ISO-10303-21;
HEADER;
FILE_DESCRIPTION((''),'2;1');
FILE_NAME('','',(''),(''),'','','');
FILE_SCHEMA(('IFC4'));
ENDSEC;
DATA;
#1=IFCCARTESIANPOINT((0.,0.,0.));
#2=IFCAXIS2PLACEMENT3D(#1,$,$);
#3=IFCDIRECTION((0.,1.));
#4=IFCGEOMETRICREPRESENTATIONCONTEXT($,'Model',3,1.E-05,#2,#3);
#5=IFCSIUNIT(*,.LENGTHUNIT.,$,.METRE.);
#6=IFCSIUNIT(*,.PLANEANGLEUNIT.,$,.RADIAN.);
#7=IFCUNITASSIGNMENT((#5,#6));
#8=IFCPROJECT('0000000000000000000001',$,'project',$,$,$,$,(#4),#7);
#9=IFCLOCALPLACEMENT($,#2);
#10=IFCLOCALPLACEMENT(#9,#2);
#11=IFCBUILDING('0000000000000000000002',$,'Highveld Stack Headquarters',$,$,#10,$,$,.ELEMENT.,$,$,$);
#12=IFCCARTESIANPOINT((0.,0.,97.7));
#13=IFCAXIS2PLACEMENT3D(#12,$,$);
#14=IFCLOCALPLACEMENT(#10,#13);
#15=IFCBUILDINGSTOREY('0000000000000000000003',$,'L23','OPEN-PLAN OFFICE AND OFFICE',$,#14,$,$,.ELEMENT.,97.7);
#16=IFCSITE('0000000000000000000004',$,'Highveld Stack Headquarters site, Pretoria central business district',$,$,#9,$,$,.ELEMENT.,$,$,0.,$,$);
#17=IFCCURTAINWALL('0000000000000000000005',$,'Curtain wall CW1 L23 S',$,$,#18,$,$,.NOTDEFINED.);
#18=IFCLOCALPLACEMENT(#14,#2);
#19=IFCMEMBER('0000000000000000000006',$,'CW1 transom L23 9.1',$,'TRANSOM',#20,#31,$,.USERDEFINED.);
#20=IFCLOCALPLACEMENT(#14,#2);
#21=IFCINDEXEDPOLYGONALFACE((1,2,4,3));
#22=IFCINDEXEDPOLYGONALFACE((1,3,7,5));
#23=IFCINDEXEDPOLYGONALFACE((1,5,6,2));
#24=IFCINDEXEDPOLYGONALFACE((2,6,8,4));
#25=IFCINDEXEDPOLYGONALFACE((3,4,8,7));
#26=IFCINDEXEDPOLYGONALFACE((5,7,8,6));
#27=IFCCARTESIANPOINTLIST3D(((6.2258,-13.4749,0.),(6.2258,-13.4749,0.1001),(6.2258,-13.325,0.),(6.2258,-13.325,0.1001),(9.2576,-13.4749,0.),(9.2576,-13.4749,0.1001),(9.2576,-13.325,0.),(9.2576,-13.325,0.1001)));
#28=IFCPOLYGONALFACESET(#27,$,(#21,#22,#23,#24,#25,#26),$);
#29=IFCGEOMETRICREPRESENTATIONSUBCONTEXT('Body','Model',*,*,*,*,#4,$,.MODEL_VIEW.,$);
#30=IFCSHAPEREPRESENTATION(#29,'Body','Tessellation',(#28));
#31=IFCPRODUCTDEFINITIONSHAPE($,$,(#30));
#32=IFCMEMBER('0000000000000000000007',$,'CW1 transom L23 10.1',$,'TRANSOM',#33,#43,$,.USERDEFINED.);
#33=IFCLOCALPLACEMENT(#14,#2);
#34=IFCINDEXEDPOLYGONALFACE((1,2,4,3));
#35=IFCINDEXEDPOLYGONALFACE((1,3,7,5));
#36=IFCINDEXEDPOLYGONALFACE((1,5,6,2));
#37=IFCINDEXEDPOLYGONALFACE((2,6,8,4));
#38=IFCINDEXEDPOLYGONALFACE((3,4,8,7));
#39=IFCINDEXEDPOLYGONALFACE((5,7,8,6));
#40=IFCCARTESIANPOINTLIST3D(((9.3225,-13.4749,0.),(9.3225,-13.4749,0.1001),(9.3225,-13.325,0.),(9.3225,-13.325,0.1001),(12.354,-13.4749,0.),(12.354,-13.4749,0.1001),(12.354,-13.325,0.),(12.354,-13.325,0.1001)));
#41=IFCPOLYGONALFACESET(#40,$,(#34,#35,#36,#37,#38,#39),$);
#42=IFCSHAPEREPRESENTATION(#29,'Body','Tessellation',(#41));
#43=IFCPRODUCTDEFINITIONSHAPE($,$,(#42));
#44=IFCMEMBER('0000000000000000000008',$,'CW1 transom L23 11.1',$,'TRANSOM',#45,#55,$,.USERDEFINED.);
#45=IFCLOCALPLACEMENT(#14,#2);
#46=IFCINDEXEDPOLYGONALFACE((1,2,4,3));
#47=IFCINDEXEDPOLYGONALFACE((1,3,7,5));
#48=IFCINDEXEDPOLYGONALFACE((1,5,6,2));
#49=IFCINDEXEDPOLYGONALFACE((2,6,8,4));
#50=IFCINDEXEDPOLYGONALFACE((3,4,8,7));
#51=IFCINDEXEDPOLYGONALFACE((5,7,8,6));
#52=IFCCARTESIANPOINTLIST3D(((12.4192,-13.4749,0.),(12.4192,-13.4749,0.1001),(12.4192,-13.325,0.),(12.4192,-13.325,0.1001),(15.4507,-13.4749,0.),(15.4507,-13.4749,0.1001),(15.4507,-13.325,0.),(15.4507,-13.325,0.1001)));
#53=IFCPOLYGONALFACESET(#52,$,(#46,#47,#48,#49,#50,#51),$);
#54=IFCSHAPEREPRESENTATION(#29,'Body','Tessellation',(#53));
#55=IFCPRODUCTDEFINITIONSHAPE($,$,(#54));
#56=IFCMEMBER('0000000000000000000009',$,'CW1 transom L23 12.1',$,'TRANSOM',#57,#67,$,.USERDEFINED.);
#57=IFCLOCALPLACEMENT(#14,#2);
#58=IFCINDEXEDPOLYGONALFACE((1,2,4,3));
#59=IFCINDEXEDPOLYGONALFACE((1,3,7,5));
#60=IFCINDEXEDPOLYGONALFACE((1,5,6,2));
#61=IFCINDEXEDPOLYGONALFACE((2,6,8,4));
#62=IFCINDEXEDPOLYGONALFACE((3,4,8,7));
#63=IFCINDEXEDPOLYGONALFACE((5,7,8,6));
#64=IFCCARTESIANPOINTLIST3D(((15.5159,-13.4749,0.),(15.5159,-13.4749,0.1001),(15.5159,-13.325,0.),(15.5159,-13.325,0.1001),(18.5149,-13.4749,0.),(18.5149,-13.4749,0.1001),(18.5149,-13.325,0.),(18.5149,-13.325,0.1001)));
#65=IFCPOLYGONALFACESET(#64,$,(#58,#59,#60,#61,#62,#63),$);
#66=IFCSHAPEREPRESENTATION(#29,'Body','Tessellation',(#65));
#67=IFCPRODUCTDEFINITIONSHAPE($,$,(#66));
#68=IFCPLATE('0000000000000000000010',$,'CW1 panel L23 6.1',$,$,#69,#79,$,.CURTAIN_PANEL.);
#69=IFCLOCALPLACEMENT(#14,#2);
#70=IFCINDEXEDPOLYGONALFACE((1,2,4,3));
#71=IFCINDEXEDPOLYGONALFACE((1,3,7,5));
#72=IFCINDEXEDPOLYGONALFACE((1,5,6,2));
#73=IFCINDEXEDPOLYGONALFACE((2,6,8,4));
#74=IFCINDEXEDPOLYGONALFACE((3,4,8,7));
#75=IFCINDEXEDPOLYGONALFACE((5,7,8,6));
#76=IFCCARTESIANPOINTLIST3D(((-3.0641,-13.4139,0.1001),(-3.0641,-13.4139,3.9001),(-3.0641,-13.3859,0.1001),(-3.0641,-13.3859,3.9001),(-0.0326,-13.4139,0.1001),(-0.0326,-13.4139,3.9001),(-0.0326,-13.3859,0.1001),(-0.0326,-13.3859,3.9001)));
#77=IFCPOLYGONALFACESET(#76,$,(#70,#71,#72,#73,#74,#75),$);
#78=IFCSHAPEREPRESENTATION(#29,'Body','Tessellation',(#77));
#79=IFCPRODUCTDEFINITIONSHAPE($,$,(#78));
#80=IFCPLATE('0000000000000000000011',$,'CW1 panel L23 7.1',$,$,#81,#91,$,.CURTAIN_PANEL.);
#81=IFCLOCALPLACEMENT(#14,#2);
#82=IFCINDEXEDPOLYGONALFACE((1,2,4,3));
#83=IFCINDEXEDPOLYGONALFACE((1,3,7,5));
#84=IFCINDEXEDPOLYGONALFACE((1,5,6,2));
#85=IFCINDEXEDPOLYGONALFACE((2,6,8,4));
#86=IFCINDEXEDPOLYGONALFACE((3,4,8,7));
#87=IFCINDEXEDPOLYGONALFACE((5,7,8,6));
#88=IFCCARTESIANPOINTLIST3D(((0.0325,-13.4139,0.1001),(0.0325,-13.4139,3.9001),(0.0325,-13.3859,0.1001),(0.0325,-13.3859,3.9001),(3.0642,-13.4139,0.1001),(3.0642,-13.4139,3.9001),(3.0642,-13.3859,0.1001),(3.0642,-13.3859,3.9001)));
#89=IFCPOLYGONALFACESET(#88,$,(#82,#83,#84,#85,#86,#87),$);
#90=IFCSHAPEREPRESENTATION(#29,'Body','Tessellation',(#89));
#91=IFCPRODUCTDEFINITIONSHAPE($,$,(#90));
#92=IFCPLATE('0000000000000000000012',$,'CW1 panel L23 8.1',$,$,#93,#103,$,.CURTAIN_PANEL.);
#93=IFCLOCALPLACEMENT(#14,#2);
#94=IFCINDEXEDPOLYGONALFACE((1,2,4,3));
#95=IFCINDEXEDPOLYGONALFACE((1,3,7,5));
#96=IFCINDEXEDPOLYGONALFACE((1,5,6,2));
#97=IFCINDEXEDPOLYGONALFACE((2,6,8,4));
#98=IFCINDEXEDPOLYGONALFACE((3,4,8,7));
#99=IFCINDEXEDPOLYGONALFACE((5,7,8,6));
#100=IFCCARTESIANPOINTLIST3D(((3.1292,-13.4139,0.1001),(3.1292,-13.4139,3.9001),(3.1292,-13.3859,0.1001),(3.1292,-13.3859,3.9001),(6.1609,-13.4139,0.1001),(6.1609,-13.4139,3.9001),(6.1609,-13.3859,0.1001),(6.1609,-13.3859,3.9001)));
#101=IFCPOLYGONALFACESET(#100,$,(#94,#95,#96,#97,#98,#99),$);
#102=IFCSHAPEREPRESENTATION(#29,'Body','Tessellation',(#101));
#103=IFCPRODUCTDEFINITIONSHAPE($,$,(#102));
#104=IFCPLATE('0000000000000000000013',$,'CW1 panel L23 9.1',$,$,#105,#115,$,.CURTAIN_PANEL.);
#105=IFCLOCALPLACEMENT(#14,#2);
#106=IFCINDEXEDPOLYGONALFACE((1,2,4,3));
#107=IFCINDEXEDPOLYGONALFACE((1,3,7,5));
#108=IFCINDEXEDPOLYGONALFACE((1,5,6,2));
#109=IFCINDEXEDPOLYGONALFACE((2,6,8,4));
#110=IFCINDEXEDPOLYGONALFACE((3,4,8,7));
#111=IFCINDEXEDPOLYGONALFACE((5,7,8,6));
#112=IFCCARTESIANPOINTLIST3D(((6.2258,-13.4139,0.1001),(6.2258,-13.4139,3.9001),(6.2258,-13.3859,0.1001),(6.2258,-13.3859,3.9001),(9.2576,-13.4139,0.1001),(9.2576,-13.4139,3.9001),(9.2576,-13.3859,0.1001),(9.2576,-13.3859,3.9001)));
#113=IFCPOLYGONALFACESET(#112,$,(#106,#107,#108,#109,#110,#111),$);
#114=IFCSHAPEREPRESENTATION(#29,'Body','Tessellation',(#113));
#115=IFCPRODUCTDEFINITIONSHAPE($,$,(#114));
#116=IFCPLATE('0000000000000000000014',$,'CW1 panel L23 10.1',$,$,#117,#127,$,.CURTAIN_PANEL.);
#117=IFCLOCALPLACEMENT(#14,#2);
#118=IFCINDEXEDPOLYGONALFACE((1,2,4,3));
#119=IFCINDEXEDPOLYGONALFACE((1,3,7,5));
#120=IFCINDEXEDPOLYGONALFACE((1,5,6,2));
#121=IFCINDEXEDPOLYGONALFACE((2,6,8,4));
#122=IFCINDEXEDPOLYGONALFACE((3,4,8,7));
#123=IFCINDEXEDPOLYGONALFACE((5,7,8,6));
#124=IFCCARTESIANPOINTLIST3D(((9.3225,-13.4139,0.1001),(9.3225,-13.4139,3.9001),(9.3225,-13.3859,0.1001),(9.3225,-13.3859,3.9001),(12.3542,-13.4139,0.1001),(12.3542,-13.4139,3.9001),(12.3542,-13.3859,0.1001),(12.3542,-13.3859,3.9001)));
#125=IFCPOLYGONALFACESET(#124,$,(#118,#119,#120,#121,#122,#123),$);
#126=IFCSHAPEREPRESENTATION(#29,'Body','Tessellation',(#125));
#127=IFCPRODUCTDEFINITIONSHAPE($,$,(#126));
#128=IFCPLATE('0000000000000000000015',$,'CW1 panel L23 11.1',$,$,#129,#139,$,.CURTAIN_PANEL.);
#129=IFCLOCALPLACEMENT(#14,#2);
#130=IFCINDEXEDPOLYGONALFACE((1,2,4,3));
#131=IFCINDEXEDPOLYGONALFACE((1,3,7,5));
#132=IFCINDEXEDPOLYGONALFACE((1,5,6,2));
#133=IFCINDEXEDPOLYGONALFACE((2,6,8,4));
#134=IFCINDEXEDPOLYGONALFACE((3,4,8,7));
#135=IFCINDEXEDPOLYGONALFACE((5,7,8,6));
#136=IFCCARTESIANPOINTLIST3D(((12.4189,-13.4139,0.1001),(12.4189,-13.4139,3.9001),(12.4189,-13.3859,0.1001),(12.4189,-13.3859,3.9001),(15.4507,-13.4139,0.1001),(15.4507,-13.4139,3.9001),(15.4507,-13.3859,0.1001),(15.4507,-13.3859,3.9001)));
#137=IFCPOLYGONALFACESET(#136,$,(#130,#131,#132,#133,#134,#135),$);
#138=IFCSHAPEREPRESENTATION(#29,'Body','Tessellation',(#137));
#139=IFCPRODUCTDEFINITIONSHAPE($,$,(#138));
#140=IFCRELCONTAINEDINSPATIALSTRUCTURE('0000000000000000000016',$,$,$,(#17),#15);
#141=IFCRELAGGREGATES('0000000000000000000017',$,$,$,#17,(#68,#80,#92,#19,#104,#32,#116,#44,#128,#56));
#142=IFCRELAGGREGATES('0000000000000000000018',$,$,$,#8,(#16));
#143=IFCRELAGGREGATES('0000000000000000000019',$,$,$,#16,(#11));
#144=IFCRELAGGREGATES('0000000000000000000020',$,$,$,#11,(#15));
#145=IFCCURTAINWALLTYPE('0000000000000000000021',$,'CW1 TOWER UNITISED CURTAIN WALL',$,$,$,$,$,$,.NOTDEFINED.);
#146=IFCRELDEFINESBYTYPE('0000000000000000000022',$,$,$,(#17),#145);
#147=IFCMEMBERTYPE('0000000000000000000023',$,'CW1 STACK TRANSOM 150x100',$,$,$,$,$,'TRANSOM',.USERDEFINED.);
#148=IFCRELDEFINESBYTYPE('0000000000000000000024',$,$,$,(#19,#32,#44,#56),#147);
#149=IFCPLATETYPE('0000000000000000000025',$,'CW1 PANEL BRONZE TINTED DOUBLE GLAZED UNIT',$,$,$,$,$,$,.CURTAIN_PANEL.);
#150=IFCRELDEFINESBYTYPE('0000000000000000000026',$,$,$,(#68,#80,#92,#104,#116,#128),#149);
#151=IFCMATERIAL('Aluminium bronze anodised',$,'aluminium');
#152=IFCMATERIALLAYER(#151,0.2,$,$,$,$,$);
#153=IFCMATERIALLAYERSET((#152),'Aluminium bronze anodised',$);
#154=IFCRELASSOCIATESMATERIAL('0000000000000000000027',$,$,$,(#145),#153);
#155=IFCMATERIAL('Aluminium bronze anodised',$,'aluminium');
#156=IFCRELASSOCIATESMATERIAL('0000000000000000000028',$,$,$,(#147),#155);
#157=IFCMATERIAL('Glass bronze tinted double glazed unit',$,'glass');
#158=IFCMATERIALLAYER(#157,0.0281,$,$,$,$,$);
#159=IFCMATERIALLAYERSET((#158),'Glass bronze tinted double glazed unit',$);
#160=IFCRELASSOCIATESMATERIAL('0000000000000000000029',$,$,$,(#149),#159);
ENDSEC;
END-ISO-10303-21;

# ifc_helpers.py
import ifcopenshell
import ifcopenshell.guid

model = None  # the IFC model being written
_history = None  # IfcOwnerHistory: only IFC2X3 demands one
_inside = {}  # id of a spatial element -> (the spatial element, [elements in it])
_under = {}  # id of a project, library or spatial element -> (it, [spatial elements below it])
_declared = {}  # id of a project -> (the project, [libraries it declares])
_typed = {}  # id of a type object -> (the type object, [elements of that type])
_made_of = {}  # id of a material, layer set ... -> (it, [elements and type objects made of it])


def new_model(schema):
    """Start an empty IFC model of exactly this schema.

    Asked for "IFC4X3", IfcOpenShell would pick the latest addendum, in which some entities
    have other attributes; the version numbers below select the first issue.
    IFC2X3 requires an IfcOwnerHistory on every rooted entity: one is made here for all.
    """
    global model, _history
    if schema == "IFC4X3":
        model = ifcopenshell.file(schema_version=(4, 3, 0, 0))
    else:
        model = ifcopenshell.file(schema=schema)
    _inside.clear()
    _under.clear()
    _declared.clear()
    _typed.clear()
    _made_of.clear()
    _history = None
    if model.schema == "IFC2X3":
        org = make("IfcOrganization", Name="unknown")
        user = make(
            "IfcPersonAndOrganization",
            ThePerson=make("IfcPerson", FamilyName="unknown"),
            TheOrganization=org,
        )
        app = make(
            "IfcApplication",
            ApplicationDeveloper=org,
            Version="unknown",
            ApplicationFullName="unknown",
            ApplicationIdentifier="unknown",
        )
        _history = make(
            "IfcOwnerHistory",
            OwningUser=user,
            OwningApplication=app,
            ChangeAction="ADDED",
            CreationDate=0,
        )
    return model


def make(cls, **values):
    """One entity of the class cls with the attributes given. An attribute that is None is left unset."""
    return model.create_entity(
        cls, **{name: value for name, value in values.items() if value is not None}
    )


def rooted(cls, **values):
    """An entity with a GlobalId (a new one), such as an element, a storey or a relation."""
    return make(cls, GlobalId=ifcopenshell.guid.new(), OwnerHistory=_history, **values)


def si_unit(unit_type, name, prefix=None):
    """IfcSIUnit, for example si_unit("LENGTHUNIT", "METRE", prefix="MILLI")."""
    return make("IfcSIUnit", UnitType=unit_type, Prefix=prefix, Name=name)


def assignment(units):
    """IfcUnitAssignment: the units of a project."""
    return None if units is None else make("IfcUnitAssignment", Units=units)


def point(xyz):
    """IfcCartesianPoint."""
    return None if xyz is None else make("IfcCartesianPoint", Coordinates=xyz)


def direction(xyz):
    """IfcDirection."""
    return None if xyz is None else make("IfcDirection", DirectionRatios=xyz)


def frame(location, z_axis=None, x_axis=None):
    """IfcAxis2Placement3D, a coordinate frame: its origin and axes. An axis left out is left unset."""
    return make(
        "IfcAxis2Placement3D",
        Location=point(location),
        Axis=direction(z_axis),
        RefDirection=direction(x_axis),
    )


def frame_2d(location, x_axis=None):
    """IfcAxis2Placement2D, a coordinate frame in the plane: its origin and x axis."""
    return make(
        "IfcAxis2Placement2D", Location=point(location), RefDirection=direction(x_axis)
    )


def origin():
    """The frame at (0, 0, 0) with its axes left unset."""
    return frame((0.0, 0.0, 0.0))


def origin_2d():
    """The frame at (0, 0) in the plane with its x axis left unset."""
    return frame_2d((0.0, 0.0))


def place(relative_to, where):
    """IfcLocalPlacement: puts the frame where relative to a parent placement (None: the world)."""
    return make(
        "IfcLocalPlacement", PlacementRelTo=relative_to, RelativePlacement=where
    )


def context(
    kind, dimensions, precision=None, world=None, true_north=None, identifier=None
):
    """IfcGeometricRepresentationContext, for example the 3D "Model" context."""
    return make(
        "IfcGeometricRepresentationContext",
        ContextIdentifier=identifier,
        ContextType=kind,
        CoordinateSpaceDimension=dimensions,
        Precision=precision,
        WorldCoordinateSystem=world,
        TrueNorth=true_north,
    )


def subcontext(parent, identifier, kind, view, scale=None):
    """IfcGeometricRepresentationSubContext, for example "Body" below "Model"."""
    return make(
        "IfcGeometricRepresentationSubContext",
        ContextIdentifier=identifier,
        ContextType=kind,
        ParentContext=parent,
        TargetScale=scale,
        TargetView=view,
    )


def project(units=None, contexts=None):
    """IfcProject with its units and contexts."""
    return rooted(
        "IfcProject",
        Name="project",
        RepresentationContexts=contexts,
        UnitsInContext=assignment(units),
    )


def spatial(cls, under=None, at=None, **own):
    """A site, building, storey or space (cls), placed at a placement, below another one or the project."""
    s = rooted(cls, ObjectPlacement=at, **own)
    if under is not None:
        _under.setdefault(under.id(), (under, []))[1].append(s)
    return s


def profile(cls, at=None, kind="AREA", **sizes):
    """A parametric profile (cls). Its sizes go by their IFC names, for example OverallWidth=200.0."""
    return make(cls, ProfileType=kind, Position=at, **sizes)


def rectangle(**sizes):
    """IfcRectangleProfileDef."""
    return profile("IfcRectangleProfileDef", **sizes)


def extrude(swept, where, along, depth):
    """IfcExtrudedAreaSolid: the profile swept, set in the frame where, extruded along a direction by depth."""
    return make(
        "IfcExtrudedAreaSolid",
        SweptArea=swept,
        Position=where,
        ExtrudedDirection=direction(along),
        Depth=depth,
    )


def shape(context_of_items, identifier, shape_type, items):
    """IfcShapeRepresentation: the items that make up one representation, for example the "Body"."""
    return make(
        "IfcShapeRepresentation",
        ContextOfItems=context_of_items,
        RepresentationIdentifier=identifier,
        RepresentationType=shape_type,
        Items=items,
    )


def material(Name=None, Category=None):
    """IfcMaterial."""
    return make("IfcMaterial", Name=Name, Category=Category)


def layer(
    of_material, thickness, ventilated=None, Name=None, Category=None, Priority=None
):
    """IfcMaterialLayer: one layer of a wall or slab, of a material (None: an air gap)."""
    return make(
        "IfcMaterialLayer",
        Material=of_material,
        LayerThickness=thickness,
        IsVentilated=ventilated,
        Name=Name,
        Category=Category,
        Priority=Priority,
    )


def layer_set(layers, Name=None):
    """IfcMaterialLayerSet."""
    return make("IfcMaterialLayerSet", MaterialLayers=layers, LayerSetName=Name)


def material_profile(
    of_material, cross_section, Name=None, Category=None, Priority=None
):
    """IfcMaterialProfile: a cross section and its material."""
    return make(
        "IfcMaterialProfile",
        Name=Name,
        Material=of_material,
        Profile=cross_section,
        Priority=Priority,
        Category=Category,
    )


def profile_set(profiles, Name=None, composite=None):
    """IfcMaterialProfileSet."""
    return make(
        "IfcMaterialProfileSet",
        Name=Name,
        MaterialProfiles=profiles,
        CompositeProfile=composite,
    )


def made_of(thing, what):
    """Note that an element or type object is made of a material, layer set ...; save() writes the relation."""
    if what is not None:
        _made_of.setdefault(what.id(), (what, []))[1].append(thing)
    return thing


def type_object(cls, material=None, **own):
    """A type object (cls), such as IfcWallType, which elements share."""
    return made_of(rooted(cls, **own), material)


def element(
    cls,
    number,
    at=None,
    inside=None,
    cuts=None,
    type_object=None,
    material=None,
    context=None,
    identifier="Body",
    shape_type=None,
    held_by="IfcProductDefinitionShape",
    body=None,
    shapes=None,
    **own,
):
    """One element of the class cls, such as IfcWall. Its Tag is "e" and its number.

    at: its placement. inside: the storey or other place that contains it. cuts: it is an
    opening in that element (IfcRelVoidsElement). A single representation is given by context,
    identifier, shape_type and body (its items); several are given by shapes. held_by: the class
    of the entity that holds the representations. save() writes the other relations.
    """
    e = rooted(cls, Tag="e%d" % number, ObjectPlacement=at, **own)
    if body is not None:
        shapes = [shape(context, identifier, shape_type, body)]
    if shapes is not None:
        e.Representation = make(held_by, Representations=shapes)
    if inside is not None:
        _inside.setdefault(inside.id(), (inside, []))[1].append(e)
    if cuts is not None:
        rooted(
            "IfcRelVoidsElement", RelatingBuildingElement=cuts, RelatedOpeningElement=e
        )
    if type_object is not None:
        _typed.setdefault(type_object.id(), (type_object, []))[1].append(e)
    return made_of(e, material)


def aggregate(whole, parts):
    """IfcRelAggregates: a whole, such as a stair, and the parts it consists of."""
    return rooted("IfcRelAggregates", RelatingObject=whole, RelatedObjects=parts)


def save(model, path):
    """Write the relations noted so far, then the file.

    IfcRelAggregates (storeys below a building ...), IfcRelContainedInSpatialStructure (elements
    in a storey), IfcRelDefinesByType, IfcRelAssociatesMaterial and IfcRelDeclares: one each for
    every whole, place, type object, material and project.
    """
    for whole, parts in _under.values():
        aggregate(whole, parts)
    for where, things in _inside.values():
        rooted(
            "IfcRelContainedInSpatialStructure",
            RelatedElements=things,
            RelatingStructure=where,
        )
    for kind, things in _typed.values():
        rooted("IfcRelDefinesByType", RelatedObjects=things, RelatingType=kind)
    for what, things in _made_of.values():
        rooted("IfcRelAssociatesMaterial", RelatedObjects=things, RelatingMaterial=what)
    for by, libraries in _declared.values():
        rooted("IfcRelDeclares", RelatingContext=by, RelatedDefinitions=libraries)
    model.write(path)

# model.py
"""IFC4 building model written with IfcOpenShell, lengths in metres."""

from ifc_helpers import new_model, si_unit, direction, frame, origin, origin_2d, place, context, subcontext, project, spatial, rectangle, extrude, material, layer, layer_set, material_profile, profile_set, type_object, element, aggregate, save


model = new_model("IFC4")

# Units and contexts
model_context = context("Model", 3, precision=1e-05, world=origin(), true_north=direction((0.0, 1.0)))
body_context = subcontext(model_context, "Body", "Model", "MODEL_VIEW")
ifc_project = project(units=[si_unit("LENGTHUNIT", "METRE"), si_unit("PLANEANGLEUNIT", "RADIAN")], contexts=[model_context])

# Site, building, storey
site_placement = place(None, origin())
site = spatial("IfcSite", under=ifc_project, at=site_placement, Name="Highveld Stack Headquarters site, Pretoria central business district", CompositionType="ELEMENT", RefElevation=0.0)
building_placement = place(site_placement, origin())
building = spatial("IfcBuilding", under=site, at=building_placement, Name="Highveld Stack Headquarters", CompositionType="ELEMENT")
storey_placement = place(building_placement, frame((0.0, 0.0, 97.7)))
storey = spatial("IfcBuildingStorey", under=building, at=storey_placement, Name="L23", Description="OPEN-PLAN OFFICE AND OFFICE", CompositionType="ELEMENT", Elevation=97.7)

# Curtain wall, members, plates
ifc_material_1 = material(Name="Aluminium bronze anodised", Category="aluminium")
ifc_layer_1 = layer(ifc_material_1, 0.2)
ifc_layer_set_1 = layer_set([ifc_layer_1], Name="Aluminium bronze anodised")
curtain_wall_type = type_object("IfcCurtainWallType", Name="CW1 TOWER UNITISED CURTAIN WALL", PredefinedType="NOTDEFINED", material=ifc_layer_set_1)
curtain_wall_placement = place(storey_placement, origin())
curtain_wall = element("IfcCurtainWall", 1, at=curtain_wall_placement, inside=storey, type_object=curtain_wall_type, Name="Curtain wall CW1 L23 S", PredefinedType="NOTDEFINED")
ifc_material_2 = material(Name="Aluminium bronze anodised", Category="aluminium")
ifc_material_profile_1 = material_profile(ifc_material_2, rectangle(XDim=0.1499, YDim=0.1001, at=origin_2d()), Name="CW1 TRANSOM 150x100")
ifc_profile_set_1 = profile_set([ifc_material_profile_1], Name="Aluminium bronze anodised")
member_type_1 = type_object("IfcMemberType", Name="CW1 STACK TRANSOM 150x100", ElementType="TRANSOM", PredefinedType="USERDEFINED", material=ifc_profile_set_1)
member_1_placement = place(storey_placement, frame((6.2258, -13.3999, 0.05), z_axis=(1.0, 0.0, 0.0), x_axis=(0.0, 1.0, 0.0)))
member_1 = element("IfcMember", 2, at=member_1_placement, type_object=member_type_1, Name="CW1 transom L23 9.1", ObjectType="TRANSOM", PredefinedType="USERDEFINED", context=body_context, shape_type="SweptSolid", body=[
    extrude(rectangle(XDim=0.1499, YDim=0.1001, at=origin_2d()), origin(), (0.0, 0.0, 1.0), 3.0317),
])
member_2_placement = place(storey_placement, frame((9.3225, -13.3999, 0.05), z_axis=(1.0, 0.0, 0.0), x_axis=(0.0, 1.0, 0.0)))
member_2 = element("IfcMember", 3, at=member_2_placement, type_object=member_type_1, Name="CW1 transom L23 10.1", ObjectType="TRANSOM", PredefinedType="USERDEFINED", context=body_context, shape_type="SweptSolid", body=[
    extrude(rectangle(XDim=0.1499, YDim=0.1001, at=origin_2d()), origin(), (0.0, 0.0, 1.0), 3.0315),
])
member_3_placement = place(storey_placement, frame((12.4192, -13.3999, 0.05), z_axis=(1.0, 0.0, 0.0), x_axis=(0.0, 1.0, 0.0)))
member_3 = element("IfcMember", 4, at=member_3_placement, type_object=member_type_1, Name="CW1 transom L23 11.1", ObjectType="TRANSOM", PredefinedType="USERDEFINED", context=body_context, shape_type="SweptSolid", body=[
    extrude(rectangle(XDim=0.1499, YDim=0.1001, at=origin_2d()), origin(), (0.0, 0.0, 1.0), 3.0315),
])
member_4_placement = place(storey_placement, frame((15.5159, -13.3999, 0.05), z_axis=(1.0, 0.0, 0.0), x_axis=(0.0, 1.0, 0.0)))
member_4 = element("IfcMember", 5, at=member_4_placement, type_object=member_type_1, Name="CW1 transom L23 12.1", ObjectType="TRANSOM", PredefinedType="USERDEFINED", context=body_context, shape_type="SweptSolid", body=[
    extrude(rectangle(XDim=0.1499, YDim=0.1001, at=origin_2d()), origin(), (0.0, 0.0, 1.0), 2.999),
])
ifc_material_3 = material(Name="Glass bronze tinted double glazed unit", Category="glass")
ifc_layer_2 = layer(ifc_material_3, 0.0281)
ifc_layer_set_2 = layer_set([ifc_layer_2], Name="Glass bronze tinted double glazed unit")
plate_type = type_object("IfcPlateType", Name="CW1 PANEL BRONZE TINTED DOUBLE GLAZED UNIT", PredefinedType="CURTAIN_PANEL", material=ifc_layer_set_2)
plate_1_placement = place(storey_placement, frame((-1.5483, -13.3999, 0.1001), z_axis=(0.0, 0.0, 1.0), x_axis=(1.0, 0.0, 0.0)))
plate_1 = element("IfcPlate", 6, at=plate_1_placement, type_object=plate_type, Name="CW1 panel L23 6.1", PredefinedType="CURTAIN_PANEL", context=body_context, shape_type="SweptSolid", body=[
    extrude(rectangle(XDim=3.0315, YDim=0.0281, at=origin_2d()), origin(), (0.0, 0.0, 1.0), 3.8),
])
plate_2_placement = place(storey_placement, frame((1.5483, -13.3999, 0.1001), z_axis=(0.0, 0.0, 1.0), x_axis=(1.0, 0.0, 0.0)))
plate_2 = element("IfcPlate", 7, at=plate_2_placement, type_object=plate_type, Name="CW1 panel L23 7.1", PredefinedType="CURTAIN_PANEL", context=body_context, shape_type="SweptSolid", body=[
    extrude(rectangle(XDim=3.0317, YDim=0.0281, at=origin_2d()), origin(), (0.0, 0.0, 1.0), 3.8),
])
plate_3_placement = place(storey_placement, frame((4.645, -13.3999, 0.1001), z_axis=(0.0, 0.0, 1.0), x_axis=(1.0, 0.0, 0.0)))
plate_3 = element("IfcPlate", 8, at=plate_3_placement, type_object=plate_type, Name="CW1 panel L23 8.1", PredefinedType="CURTAIN_PANEL", context=body_context, shape_type="SweptSolid", body=[
    extrude(rectangle(XDim=3.0317, YDim=0.0281, at=origin_2d()), origin(), (0.0, 0.0, 1.0), 3.8),
])
plate_4_placement = place(storey_placement, frame((7.7417, -13.3999, 0.1001), z_axis=(0.0, 0.0, 1.0), x_axis=(1.0, 0.0, 0.0)))
plate_4 = element("IfcPlate", 9, at=plate_4_placement, type_object=plate_type, Name="CW1 panel L23 9.1", PredefinedType="CURTAIN_PANEL", context=body_context, shape_type="SweptSolid", body=[
    extrude(rectangle(XDim=3.0317, YDim=0.0281, at=origin_2d()), origin(), (0.0, 0.0, 1.0), 3.8),
])
plate_5_placement = place(storey_placement, frame((10.8384, -13.3999, 0.1001), z_axis=(0.0, 0.0, 1.0), x_axis=(1.0, 0.0, 0.0)))
plate_5 = element("IfcPlate", 10, at=plate_5_placement, type_object=plate_type, Name="CW1 panel L23 10.1", PredefinedType="CURTAIN_PANEL", context=body_context, shape_type="SweptSolid", body=[
    extrude(rectangle(XDim=3.0317, YDim=0.0281, at=origin_2d()), origin(), (0.0, 0.0, 1.0), 3.8),
])
plate_6_placement = place(storey_placement, frame((13.9348, -13.3999, 0.1001), z_axis=(0.0, 0.0, 1.0), x_axis=(1.0, 0.0, 0.0)))
plate_6 = element("IfcPlate", 11, at=plate_6_placement, type_object=plate_type, Name="CW1 panel L23 11.1", PredefinedType="CURTAIN_PANEL", context=body_context, shape_type="SweptSolid", body=[
    extrude(rectangle(XDim=3.0317, YDim=0.0281, at=origin_2d()), origin(), (0.0, 0.0, 1.0), 3.8),
])
aggregate(curtain_wall, [plate_1, plate_2, plate_3, member_1, plate_4, member_2, plate_5, member_3, plate_6, member_4])

save(model, "model.ifc")
